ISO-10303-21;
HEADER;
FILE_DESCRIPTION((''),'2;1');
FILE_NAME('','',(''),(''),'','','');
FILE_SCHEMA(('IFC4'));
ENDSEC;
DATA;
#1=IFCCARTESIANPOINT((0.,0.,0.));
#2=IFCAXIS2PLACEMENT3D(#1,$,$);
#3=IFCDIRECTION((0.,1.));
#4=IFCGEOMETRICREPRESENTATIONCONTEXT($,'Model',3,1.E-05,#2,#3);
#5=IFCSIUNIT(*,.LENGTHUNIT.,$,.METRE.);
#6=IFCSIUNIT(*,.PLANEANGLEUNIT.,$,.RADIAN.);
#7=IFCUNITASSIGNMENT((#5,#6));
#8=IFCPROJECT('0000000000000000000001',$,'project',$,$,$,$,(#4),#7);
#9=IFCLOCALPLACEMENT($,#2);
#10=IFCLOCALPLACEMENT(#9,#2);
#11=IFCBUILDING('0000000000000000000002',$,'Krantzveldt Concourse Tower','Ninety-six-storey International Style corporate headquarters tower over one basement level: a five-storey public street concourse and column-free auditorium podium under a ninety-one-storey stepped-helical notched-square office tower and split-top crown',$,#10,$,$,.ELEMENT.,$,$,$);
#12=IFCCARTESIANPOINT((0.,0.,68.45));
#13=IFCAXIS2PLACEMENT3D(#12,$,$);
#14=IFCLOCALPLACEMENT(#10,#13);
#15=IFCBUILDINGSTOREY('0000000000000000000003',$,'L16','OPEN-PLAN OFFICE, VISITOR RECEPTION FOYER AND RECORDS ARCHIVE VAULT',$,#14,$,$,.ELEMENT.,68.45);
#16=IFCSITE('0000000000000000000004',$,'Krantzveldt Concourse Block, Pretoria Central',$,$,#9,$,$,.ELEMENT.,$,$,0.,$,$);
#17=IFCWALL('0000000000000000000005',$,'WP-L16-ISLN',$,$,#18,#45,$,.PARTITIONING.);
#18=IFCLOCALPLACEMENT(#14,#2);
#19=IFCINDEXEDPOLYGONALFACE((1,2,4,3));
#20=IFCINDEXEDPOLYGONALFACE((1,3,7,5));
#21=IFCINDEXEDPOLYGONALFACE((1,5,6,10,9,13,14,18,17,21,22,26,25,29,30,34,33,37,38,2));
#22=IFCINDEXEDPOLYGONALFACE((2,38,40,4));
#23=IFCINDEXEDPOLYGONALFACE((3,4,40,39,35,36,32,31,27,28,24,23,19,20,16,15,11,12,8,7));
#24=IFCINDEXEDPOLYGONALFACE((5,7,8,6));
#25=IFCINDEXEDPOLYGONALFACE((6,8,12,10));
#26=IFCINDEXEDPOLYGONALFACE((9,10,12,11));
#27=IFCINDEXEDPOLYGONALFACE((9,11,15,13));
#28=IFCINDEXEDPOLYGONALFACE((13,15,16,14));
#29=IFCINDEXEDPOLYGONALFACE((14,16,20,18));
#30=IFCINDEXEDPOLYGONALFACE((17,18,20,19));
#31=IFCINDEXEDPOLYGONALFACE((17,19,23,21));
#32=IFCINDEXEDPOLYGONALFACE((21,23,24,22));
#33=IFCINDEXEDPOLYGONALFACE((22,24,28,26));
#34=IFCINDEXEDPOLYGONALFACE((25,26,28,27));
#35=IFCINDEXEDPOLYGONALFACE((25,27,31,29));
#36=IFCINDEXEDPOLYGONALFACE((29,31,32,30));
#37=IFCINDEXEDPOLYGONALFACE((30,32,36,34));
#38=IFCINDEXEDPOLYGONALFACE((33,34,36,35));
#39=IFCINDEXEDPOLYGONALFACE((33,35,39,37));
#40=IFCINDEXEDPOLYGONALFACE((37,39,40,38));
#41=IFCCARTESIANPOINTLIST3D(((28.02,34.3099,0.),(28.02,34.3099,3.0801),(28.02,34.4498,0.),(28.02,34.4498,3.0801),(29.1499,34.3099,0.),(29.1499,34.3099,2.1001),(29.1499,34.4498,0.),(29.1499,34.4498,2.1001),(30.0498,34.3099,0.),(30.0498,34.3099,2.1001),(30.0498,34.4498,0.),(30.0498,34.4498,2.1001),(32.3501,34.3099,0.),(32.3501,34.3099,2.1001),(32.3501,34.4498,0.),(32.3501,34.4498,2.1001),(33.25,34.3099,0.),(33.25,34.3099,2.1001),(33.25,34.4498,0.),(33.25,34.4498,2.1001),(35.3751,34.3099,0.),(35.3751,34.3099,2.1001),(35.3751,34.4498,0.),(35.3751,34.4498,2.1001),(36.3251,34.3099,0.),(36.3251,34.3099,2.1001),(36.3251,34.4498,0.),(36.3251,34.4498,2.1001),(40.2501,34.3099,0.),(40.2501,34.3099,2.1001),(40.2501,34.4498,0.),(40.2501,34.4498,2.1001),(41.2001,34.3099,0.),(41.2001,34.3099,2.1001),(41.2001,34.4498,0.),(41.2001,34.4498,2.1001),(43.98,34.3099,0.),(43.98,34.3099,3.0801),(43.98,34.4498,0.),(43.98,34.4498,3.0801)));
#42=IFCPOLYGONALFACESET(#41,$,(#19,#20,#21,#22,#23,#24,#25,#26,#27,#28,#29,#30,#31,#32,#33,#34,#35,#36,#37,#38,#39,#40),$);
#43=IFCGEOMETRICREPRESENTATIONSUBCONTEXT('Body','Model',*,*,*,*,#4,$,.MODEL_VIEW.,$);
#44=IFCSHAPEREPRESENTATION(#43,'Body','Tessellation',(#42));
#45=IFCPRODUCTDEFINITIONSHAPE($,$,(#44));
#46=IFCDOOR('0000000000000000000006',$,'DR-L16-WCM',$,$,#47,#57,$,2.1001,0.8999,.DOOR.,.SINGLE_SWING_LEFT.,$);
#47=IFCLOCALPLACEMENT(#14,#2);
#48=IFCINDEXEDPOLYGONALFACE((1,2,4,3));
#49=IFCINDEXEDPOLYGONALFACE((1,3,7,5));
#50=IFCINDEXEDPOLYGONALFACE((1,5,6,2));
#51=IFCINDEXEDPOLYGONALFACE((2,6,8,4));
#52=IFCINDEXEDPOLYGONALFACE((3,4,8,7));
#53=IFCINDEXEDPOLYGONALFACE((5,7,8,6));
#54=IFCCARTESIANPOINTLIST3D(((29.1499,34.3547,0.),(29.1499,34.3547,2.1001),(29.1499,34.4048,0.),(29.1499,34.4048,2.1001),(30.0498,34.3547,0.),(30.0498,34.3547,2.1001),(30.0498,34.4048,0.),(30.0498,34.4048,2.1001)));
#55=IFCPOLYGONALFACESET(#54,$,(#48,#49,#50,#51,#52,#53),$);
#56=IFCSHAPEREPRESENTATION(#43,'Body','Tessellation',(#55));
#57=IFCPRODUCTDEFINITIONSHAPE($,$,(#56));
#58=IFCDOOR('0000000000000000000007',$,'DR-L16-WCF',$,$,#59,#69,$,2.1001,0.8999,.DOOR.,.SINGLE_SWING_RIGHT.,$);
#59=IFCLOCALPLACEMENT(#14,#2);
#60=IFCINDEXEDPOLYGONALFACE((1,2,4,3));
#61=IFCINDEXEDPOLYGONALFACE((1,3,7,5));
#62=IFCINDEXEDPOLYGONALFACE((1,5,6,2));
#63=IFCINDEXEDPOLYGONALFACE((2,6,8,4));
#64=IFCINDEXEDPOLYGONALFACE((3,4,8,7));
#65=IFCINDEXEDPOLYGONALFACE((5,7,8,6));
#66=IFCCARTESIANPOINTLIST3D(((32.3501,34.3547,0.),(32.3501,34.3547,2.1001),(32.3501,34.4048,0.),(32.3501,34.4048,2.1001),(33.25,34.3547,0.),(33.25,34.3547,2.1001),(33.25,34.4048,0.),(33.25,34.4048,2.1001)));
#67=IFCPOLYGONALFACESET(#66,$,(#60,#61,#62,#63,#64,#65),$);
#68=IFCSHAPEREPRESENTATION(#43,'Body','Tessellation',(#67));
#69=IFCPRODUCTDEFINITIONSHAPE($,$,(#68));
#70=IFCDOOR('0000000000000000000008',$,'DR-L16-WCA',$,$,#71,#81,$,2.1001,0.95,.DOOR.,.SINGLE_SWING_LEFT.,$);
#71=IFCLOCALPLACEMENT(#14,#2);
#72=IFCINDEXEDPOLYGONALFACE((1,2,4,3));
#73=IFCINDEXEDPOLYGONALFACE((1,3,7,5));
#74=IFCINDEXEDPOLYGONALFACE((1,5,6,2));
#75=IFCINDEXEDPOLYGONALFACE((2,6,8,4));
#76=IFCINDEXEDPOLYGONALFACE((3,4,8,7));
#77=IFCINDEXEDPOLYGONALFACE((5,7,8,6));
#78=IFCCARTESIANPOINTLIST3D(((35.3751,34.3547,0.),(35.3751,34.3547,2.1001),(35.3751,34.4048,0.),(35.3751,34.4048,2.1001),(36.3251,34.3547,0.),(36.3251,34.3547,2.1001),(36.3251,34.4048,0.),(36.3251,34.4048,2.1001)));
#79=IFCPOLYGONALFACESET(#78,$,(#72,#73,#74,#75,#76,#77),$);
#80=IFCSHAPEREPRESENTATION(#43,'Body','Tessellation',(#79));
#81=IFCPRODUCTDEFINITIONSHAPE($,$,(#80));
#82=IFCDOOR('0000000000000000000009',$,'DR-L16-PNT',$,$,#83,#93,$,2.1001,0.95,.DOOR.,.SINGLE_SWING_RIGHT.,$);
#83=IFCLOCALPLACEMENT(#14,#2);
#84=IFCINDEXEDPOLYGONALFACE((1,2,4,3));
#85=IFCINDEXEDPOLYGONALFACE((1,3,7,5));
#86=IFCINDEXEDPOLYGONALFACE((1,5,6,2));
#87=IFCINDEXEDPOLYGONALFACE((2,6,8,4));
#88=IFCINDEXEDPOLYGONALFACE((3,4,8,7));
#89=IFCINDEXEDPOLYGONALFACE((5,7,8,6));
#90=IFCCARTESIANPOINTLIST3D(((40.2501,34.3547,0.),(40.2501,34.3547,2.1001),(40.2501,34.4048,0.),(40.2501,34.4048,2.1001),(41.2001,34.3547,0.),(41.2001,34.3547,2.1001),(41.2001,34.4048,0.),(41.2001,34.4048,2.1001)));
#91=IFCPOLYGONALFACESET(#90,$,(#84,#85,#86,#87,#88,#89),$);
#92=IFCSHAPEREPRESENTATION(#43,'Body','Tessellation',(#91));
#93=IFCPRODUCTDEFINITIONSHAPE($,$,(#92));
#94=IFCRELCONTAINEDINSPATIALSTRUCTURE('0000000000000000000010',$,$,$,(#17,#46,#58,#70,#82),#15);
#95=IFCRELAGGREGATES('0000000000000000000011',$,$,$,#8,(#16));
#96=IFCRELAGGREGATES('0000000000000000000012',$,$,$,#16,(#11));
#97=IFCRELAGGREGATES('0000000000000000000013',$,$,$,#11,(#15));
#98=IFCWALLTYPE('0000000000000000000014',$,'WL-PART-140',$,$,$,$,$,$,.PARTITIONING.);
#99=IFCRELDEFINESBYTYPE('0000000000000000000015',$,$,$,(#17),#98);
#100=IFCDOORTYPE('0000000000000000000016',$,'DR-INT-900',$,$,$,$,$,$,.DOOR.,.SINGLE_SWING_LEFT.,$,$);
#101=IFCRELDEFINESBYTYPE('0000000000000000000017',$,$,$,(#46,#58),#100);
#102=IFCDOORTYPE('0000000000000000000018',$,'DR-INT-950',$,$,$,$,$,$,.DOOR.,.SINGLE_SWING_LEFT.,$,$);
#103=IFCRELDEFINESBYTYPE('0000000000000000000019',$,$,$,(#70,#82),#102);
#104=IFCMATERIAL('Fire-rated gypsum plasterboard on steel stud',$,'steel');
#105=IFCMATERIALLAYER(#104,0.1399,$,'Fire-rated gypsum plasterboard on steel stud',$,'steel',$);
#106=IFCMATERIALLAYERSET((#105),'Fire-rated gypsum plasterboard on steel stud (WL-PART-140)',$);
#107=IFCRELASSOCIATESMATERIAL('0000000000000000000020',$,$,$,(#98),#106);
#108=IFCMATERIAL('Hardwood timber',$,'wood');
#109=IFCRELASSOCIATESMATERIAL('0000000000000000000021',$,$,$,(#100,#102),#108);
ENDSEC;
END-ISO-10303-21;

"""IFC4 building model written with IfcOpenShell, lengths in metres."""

from ifc_helpers import new_model, si_unit, direction, frame, frame_2d, origin, place, context, subcontext, project, spatial, rectangle, extrude, material, layer, layer_set, type_object, element, fill, save


model = new_model("IFC4")

# Units and contexts
model_context = context("Model", 3, precision=1e-05, world=origin(), true_north=direction((0.0, 1.0)))
body_context = subcontext(model_context, "Body", "Model", "MODEL_VIEW")
ifc_project = project(units=[si_unit("LENGTHUNIT", "METRE"), si_unit("PLANEANGLEUNIT", "RADIAN")], contexts=[model_context])

# Site, building, storey
site_placement = place(None, origin())
site = spatial("IfcSite", under=ifc_project, at=site_placement, Name="Krantzveldt Concourse Block, Pretoria Central", CompositionType="ELEMENT", RefElevation=0.0)
building_placement = place(site_placement, origin())
building = spatial("IfcBuilding", under=site, at=building_placement, Name="Krantzveldt Concourse Tower", Description="Ninety-six-storey International Style corporate headquarters tower over one basement level: a five-storey public street concourse and column-free auditorium podium under a ninety-one-storey stepped-helical notched-square office tower and split-top crown", CompositionType="ELEMENT")
storey_placement = place(building_placement, frame((0.0, 0.0, 68.45)))
storey = spatial("IfcBuildingStorey", under=building, at=storey_placement, Name="L16", Description="OPEN-PLAN OFFICE, VISITOR RECEPTION FOYER AND RECORDS ARCHIVE VAULT", CompositionType="ELEMENT", Elevation=68.45)

# Shared definitions
ifc_material_1 = material(Name="Fire-rated gypsum plasterboard on steel stud", Category="steel")

# Wall, openings, doors
ifc_layer_1 = layer(ifc_material_1, 0.1399, Name="Fire-rated gypsum plasterboard on steel stud", Category="steel")
ifc_layer_set_1 = layer_set([ifc_layer_1], Name="Fire-rated gypsum plasterboard on steel stud (WL-PART-140)")
wall_type_1 = type_object("IfcWallType", Name="WL-PART-140", PredefinedType="PARTITIONING", material=ifc_layer_set_1)
wall_1_placement = place(storey_placement, frame((28.02, 34.3799, 0.0), z_axis=(0.0, 0.0, 1.0), x_axis=(1.0, 0.0, 0.0)))
wall_1 = element("IfcWall", 1, at=wall_1_placement, inside=storey, type_object=wall_type_1, Name="WP-L16-ISLN", PredefinedType="PARTITIONING", context=body_context, shape_type="SweptSolid", body=[
    extrude(rectangle(XDim=15.96, YDim=0.1399, at=frame_2d((7.98, 0.0))), origin(), (0.0, 0.0, 1.0), 3.0801),
])
opening_1_placement = place(wall_1_placement, frame((1.1299, 0.0, 0.0)))
opening_1 = element("IfcOpeningElement", 2, at=opening_1_placement, cuts=wall_1, PredefinedType="OPENING", context=body_context, shape_type="SweptSolid", body=[
    extrude(rectangle(XDim=0.8999, YDim=2.1001, at=frame_2d((0.45, 1.05))), frame((0.0, 0.0801, 0.0), z_axis=(0.0, -1.0, 0.0), x_axis=(1.0, 0.0, 0.0)), (0.0, 0.0, 1.0), 0.1599),
])
opening_2_placement = place(wall_1_placement, frame((4.3301, 0.0, 0.0)))
opening_2 = element("IfcOpeningElement", 3, at=opening_2_placement, cuts=wall_1, PredefinedType="OPENING", context=body_context, shape_type="SweptSolid", body=[
    extrude(rectangle(XDim=0.8999, YDim=2.1001, at=frame_2d((0.45, 1.05))), frame((0.0, 0.0801, 0.0), z_axis=(0.0, -1.0, 0.0), x_axis=(1.0, 0.0, 0.0)), (0.0, 0.0, 1.0), 0.1599),
])
opening_3_placement = place(wall_1_placement, frame((7.355, 0.0, 0.0)))
opening_3 = element("IfcOpeningElement", 4, at=opening_3_placement, cuts=wall_1, PredefinedType="OPENING", context=body_context, shape_type="SweptSolid", body=[
    extrude(rectangle(XDim=0.95, YDim=2.1001, at=frame_2d((0.4751, 1.05))), frame((0.0, 0.0801, 0.0), z_axis=(0.0, -1.0, 0.0), x_axis=(1.0, 0.0, 0.0)), (0.0, 0.0, 1.0), 0.1599),
])
opening_4_placement = place(wall_1_placement, frame((12.23, 0.0, 0.0)))
opening_4 = element("IfcOpeningElement", 5, at=opening_4_placement, cuts=wall_1, PredefinedType="OPENING", context=body_context, shape_type="SweptSolid", body=[
    extrude(rectangle(XDim=0.95, YDim=2.1001, at=frame_2d((0.4751, 1.05))), frame((0.0, 0.0801, 0.0), z_axis=(0.0, -1.0, 0.0), x_axis=(1.0, 0.0, 0.0)), (0.0, 0.0, 1.0), 0.1599),
])
ifc_material_2 = material(Name="Hardwood timber", Category="wood")
door_type_1 = type_object("IfcDoorType", Name="DR-INT-900", OperationType="SINGLE_SWING_LEFT", PredefinedType="DOOR", material=ifc_material_2)
door_1_placement = place(opening_1_placement, origin())
door_1 = element("IfcDoor", 6, at=door_1_placement, inside=storey, type_object=door_type_1, Name="DR-L16-WCM", OperationType="SINGLE_SWING_LEFT", OverallHeight=2.1001, OverallWidth=0.8999, PredefinedType="DOOR", context=body_context, shape_type="SweptSolid", body=[
    extrude(rectangle(XDim=0.8999, YDim=2.1001, at=frame_2d((0.45, 1.05))), frame((0.0, 0.0249, 0.0), z_axis=(0.0, -1.0, 0.0), x_axis=(1.0, 0.0, 0.0)), (0.0, 0.0, 1.0), 0.05),
])
fill(opening_1, door_1)
door_2_placement = place(opening_2_placement, origin())
door_2 = element("IfcDoor", 7, at=door_2_placement, inside=storey, type_object=door_type_1, Name="DR-L16-WCF", OperationType="SINGLE_SWING_RIGHT", OverallHeight=2.1001, OverallWidth=0.8999, PredefinedType="DOOR", context=body_context, shape_type="SweptSolid", body=[
    extrude(rectangle(XDim=0.8999, YDim=2.1001, at=frame_2d((0.45, 1.05))), frame((0.0, 0.0249, 0.0), z_axis=(0.0, -1.0, 0.0), x_axis=(1.0, 0.0, 0.0)), (0.0, 0.0, 1.0), 0.05),
])
fill(opening_2, door_2)
door_type_2 = type_object("IfcDoorType", Name="DR-INT-950", OperationType="SINGLE_SWING_LEFT", PredefinedType="DOOR", material=ifc_material_2)
door_3_placement = place(opening_3_placement, origin())
door_3 = element("IfcDoor", 8, at=door_3_placement, inside=storey, type_object=door_type_2, Name="DR-L16-WCA", OperationType="SINGLE_SWING_LEFT", OverallHeight=2.1001, OverallWidth=0.95, PredefinedType="DOOR", context=body_context, shape_type="SweptSolid", body=[
    extrude(rectangle(XDim=0.95, YDim=2.1001, at=frame_2d((0.4751, 1.05))), frame((0.0, 0.0249, 0.0), z_axis=(0.0, -1.0, 0.0), x_axis=(1.0, 0.0, 0.0)), (0.0, 0.0, 1.0), 0.05),
])
fill(opening_3, door_3)
door_4_placement = place(opening_4_placement, origin())
door_4 = element("IfcDoor", 9, at=door_4_placement, inside=storey, type_object=door_type_2, Name="DR-L16-PNT", OperationType="SINGLE_SWING_RIGHT", OverallHeight=2.1001, OverallWidth=0.95, PredefinedType="DOOR", context=body_context, shape_type="SweptSolid", body=[
    extrude(rectangle(XDim=0.95, YDim=2.1001, at=frame_2d((0.4751, 1.05))), frame((0.0, 0.0249, 0.0), z_axis=(0.0, -1.0, 0.0), x_axis=(1.0, 0.0, 0.0)), (0.0, 0.0, 1.0), 0.05),
])
fill(opening_4, door_4)

save(model, "model.ifc")
